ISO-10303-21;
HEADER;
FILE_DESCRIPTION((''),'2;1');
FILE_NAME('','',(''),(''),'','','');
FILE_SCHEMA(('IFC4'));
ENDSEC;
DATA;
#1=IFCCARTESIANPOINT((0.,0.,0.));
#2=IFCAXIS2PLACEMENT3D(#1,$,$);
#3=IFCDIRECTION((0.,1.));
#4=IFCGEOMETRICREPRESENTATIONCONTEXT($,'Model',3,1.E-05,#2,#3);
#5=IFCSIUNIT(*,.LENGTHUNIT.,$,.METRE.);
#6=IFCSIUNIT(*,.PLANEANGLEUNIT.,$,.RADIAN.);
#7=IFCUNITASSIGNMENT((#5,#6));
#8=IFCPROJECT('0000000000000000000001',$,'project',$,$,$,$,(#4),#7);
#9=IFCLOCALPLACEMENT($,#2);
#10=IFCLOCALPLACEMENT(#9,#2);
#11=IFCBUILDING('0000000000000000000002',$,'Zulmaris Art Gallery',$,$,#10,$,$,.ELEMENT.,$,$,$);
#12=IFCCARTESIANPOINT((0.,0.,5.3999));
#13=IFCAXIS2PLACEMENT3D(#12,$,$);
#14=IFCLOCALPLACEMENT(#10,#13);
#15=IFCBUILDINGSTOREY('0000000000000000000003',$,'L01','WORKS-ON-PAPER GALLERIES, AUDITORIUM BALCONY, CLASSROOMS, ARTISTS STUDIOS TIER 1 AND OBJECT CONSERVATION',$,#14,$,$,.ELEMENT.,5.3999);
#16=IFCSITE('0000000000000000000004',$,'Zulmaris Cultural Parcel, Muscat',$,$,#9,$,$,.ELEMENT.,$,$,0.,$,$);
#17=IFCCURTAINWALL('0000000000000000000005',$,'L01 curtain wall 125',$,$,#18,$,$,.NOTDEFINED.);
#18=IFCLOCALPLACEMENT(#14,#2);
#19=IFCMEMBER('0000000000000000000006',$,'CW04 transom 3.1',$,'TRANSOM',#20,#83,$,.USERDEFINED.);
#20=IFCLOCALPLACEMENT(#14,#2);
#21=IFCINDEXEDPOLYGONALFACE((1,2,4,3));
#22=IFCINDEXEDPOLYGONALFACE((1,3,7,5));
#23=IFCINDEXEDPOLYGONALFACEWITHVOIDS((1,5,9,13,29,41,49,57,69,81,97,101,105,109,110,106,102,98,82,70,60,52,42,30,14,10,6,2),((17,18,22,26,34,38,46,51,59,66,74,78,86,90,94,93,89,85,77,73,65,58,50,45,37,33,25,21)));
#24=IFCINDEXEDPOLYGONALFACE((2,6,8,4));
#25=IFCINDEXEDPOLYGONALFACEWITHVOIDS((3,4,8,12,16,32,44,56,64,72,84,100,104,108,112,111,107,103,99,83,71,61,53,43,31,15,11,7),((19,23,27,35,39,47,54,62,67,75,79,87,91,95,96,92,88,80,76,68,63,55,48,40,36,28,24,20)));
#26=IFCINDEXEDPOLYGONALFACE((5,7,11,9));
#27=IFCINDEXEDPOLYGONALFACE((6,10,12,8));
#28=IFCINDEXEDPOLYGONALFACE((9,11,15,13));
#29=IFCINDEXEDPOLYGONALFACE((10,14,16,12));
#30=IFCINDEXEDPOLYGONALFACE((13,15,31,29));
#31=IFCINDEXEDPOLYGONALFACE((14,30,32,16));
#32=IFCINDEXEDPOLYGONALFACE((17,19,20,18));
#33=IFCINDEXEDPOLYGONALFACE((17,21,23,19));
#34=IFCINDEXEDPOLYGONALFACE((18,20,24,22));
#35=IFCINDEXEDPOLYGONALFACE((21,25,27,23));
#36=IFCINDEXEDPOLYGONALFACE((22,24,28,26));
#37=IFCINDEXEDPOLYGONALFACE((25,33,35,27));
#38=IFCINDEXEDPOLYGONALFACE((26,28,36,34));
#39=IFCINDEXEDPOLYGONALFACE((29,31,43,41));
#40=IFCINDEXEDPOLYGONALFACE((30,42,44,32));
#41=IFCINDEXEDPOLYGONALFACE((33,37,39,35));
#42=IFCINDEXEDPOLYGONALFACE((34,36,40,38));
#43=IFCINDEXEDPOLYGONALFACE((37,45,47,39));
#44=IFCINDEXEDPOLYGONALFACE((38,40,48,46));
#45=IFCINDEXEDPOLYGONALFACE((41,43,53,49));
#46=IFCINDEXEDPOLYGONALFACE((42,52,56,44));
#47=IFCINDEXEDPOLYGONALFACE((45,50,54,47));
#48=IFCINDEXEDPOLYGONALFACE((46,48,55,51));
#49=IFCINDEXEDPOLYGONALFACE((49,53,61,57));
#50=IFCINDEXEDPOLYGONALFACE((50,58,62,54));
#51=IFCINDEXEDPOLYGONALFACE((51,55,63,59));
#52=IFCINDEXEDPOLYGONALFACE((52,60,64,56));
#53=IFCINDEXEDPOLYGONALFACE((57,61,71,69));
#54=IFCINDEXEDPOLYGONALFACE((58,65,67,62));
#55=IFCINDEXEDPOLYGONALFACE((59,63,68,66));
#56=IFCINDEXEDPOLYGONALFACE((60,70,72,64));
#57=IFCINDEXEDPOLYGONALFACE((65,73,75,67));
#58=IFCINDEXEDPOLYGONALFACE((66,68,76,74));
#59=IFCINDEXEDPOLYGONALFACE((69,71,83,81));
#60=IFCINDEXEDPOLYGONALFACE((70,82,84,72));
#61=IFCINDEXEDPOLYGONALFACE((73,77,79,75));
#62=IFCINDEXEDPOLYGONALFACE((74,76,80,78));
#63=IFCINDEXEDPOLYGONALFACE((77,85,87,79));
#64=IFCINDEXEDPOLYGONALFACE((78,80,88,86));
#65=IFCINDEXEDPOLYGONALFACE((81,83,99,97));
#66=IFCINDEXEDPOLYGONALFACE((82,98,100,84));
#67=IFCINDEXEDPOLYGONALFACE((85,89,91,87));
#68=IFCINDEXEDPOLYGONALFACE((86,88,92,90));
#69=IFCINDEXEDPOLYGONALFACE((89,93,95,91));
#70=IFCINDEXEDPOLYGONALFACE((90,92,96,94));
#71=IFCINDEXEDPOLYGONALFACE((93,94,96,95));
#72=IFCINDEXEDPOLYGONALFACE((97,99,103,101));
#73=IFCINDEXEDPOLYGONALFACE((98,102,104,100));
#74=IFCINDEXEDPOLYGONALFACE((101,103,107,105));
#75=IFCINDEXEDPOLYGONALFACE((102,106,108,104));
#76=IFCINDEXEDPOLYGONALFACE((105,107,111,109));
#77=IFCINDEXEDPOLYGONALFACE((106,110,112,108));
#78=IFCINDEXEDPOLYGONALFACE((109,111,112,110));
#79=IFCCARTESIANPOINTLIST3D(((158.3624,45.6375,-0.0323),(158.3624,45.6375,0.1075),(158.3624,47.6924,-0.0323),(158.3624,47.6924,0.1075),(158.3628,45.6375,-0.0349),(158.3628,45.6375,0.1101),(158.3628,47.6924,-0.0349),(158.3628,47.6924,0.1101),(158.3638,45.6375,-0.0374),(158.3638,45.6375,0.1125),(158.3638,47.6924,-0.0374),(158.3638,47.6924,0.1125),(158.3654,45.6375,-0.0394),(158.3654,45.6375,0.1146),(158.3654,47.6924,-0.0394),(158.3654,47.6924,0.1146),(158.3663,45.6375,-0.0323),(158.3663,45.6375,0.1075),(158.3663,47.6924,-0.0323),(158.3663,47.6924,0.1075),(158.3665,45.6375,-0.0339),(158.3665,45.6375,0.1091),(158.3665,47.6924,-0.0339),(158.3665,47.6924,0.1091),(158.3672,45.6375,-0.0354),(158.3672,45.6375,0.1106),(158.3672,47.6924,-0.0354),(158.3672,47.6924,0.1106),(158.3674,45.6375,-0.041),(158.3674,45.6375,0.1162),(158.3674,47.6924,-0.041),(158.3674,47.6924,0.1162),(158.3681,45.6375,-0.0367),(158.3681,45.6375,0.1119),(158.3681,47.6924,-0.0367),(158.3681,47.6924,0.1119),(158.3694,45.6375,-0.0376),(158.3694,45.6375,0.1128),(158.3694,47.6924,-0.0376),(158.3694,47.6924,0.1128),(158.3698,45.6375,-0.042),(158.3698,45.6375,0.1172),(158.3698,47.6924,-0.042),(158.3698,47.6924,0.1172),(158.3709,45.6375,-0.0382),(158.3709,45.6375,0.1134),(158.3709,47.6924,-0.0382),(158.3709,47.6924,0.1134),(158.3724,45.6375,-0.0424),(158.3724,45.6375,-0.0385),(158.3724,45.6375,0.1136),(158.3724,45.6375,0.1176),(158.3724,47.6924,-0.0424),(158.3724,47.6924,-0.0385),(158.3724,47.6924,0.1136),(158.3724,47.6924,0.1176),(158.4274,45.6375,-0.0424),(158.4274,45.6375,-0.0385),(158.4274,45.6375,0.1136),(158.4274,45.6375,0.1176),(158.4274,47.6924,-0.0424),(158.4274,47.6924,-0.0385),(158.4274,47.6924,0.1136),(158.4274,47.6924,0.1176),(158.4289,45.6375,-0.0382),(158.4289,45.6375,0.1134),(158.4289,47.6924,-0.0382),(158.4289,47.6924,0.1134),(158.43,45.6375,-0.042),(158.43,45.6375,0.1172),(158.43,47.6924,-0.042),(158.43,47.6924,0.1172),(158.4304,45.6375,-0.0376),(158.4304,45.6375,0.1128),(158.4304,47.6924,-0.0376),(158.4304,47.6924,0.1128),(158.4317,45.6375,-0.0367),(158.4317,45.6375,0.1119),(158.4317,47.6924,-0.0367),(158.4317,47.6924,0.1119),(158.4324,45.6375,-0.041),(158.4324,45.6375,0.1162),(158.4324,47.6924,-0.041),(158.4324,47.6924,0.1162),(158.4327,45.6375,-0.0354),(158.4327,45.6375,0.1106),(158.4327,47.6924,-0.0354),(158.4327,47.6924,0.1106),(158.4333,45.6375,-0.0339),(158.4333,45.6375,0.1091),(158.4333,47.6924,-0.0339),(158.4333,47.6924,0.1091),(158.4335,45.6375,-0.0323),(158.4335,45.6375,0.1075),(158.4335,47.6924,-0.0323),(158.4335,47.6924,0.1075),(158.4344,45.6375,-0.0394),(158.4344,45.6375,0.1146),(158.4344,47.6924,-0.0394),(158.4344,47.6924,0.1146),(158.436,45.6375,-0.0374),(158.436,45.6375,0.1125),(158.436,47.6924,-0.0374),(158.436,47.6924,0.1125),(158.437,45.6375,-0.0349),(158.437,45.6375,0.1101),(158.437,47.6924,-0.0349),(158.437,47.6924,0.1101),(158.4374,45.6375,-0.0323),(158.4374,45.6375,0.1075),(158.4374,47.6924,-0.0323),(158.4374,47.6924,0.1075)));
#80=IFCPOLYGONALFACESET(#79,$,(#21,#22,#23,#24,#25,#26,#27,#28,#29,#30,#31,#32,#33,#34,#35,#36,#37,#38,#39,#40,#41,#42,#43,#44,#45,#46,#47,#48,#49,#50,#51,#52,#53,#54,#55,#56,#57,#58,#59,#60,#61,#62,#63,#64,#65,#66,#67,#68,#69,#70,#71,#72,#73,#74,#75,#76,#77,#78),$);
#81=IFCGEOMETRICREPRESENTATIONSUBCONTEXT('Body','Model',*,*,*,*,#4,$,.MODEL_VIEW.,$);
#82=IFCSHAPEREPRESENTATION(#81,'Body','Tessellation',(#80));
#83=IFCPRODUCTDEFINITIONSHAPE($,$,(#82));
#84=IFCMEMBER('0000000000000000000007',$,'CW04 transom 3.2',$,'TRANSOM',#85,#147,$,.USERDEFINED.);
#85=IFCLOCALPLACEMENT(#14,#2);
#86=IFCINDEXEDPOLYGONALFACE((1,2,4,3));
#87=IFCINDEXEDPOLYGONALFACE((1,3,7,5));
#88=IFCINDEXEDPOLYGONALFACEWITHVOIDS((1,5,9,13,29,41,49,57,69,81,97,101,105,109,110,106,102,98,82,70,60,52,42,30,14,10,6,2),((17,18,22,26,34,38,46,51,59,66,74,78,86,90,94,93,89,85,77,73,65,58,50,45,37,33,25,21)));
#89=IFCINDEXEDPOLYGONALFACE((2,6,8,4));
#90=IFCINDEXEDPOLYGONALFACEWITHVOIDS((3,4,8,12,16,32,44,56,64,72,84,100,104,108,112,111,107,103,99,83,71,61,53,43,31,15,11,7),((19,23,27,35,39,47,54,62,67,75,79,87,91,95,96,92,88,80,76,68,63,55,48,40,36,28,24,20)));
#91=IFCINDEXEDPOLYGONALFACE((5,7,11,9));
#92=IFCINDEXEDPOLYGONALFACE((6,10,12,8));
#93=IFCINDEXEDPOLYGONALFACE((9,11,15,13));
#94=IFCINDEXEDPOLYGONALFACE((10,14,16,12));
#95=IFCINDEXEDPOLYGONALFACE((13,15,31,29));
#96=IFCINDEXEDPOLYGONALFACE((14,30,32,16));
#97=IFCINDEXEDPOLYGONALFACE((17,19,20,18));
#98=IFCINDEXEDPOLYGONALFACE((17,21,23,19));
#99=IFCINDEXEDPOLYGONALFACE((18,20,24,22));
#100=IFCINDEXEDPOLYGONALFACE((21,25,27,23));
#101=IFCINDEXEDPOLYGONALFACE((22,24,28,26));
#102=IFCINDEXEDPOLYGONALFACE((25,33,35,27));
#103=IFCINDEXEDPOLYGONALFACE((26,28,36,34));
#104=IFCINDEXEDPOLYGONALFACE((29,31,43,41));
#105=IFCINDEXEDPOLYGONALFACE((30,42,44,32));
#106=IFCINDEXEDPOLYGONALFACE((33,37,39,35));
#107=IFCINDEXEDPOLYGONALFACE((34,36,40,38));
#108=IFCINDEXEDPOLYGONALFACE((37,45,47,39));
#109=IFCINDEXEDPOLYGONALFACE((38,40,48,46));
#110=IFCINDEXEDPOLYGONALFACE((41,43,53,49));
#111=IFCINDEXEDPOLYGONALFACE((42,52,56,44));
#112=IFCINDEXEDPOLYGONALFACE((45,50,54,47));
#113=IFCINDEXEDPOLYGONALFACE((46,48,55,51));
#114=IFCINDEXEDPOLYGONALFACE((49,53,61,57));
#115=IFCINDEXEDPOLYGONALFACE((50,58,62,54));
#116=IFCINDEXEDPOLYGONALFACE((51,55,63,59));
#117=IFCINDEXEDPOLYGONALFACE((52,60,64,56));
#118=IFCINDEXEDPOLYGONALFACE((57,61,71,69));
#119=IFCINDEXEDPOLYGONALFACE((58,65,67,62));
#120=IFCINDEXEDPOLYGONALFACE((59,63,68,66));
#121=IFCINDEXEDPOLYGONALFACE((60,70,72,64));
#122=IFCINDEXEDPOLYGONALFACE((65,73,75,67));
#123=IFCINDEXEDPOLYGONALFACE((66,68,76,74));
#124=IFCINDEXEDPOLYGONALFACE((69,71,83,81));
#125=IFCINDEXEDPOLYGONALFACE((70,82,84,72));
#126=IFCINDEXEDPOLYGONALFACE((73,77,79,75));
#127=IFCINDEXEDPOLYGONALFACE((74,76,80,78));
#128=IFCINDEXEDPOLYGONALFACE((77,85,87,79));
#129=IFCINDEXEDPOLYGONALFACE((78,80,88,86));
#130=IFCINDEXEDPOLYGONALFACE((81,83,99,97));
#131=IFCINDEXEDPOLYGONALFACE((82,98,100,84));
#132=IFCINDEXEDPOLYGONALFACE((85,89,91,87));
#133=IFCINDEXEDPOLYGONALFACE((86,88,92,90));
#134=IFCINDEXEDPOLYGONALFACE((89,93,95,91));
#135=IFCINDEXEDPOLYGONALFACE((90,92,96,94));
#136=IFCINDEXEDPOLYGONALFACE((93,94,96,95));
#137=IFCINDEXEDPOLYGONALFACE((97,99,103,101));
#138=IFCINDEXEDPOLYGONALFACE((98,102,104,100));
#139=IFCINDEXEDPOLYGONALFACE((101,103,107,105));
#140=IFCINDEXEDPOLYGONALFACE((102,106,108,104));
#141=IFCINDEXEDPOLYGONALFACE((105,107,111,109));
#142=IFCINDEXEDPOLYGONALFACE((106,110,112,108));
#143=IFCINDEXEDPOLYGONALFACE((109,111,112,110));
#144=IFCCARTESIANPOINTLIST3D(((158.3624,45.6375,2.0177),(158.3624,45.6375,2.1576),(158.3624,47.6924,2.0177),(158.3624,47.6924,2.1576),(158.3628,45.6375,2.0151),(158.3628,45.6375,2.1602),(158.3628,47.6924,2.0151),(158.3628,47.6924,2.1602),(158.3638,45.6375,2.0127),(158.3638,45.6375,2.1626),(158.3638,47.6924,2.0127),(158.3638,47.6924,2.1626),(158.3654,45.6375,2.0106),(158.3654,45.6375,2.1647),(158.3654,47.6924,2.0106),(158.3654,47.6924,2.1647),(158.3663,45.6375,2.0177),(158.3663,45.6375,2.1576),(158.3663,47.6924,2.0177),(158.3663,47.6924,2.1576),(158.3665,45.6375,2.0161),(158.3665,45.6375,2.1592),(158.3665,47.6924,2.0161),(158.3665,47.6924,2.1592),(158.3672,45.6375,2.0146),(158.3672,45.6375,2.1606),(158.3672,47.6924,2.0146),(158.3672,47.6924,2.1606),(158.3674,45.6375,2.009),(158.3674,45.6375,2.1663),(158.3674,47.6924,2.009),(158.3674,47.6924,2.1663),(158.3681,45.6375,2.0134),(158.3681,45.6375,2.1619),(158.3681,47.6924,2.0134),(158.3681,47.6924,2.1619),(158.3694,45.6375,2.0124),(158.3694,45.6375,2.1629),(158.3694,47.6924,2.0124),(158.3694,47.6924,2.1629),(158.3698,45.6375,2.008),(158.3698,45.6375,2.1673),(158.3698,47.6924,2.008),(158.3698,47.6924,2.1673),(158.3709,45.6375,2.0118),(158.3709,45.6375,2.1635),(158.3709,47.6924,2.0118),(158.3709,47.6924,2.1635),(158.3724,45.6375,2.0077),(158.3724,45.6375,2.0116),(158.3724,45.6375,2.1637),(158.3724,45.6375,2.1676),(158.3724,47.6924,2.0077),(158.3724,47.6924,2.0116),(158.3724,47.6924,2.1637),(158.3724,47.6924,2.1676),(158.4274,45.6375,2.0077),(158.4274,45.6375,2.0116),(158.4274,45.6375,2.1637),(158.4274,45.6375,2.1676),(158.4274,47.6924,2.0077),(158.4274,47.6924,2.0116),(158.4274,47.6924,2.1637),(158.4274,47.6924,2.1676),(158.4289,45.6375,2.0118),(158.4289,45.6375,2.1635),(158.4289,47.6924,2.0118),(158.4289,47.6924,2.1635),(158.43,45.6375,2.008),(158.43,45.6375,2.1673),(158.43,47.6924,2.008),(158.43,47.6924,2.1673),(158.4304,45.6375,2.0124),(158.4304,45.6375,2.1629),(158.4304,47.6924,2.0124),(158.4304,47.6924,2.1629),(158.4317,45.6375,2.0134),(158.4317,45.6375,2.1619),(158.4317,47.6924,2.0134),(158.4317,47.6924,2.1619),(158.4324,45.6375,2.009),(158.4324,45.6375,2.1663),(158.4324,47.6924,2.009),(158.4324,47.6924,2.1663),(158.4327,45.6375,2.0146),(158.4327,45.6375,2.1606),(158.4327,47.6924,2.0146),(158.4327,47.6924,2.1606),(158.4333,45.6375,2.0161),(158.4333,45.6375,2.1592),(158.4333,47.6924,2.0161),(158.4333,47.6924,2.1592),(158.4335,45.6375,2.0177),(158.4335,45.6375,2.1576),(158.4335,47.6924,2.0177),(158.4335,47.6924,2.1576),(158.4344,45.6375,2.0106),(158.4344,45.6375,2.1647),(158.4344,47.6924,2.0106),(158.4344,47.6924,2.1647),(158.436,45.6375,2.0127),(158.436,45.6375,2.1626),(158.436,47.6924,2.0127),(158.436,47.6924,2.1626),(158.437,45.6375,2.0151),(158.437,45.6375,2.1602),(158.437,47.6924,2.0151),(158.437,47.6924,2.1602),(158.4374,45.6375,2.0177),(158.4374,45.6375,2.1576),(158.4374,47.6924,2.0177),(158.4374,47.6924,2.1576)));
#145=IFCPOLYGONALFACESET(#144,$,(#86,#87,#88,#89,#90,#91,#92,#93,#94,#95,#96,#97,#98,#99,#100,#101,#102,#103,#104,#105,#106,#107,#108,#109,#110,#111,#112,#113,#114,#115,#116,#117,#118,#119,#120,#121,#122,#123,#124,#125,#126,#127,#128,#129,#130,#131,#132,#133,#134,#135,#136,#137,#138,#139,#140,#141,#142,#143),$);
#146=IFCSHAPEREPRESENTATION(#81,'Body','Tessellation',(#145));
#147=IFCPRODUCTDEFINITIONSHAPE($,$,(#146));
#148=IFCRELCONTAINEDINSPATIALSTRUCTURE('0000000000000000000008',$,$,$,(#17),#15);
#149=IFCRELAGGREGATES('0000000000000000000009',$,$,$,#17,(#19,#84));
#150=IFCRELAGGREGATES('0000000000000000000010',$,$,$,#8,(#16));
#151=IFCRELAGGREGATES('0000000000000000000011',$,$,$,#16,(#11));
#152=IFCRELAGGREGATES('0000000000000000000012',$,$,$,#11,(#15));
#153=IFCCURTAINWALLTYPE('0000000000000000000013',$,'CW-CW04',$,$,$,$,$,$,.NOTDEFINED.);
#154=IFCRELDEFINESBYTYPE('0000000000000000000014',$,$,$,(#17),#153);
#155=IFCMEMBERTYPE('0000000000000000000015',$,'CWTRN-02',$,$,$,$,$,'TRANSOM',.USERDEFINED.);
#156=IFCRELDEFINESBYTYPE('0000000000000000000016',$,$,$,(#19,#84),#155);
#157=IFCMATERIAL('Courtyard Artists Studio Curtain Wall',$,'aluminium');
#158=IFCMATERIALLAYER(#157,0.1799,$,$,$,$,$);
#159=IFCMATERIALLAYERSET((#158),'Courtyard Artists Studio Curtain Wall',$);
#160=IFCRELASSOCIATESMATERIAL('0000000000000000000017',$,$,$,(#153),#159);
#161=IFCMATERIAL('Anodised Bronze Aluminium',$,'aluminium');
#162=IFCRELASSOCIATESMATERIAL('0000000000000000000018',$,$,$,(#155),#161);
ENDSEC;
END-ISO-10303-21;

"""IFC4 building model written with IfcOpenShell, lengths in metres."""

from ifc_helpers import new_model, si_unit, direction, frame, origin, origin_2d, place, context, subcontext, project, spatial, hollow_rectangle, extrude, material, layer, layer_set, material_profile, profile_set, type_object, element, aggregate, save


model = new_model("IFC4")

# Units and contexts
model_context = context("Model", 3, precision=1e-05, world=origin(), true_north=direction((0.0, 1.0)))
body_context = subcontext(model_context, "Body", "Model", "MODEL_VIEW")
ifc_project = project(units=[si_unit("LENGTHUNIT", "METRE"), si_unit("PLANEANGLEUNIT", "RADIAN")], contexts=[model_context])

# Site, building, storey
site_placement = place(None, origin())
site = spatial("IfcSite", under=ifc_project, at=site_placement, Name="Zulmaris Cultural Parcel, Muscat", CompositionType="ELEMENT", RefElevation=0.0)
building_placement = place(site_placement, origin())
building = spatial("IfcBuilding", under=site, at=building_placement, Name="Zulmaris Art Gallery", CompositionType="ELEMENT")
storey_placement = place(building_placement, frame((0.0, 0.0, 5.3999)))
storey = spatial("IfcBuildingStorey", under=building, at=storey_placement, Name="L01", Description="WORKS-ON-PAPER GALLERIES, AUDITORIUM BALCONY, CLASSROOMS, ARTISTS STUDIOS TIER 1 AND OBJECT CONSERVATION", CompositionType="ELEMENT", Elevation=5.3999)

# Curtain wall
ifc_material_1 = material(Name="Courtyard Artists Studio Curtain Wall", Category="aluminium")
ifc_layer_1 = layer(ifc_material_1, 0.1799)
ifc_layer_set_1 = layer_set([ifc_layer_1], Name="Courtyard Artists Studio Curtain Wall")
curtain_wall_type = type_object("IfcCurtainWallType", Name="CW-CW04", PredefinedType="NOTDEFINED", material=ifc_layer_set_1)
curtain_wall_1_placement = place(storey_placement, origin())
curtain_wall_1 = element("IfcCurtainWall", 1, at=curtain_wall_1_placement, inside=storey, type_object=curtain_wall_type, Name="L01 curtain wall 125", PredefinedType="NOTDEFINED")
ifc_material_2 = material(Name="Anodised Bronze Aluminium", Category="aluminium")

# Members
ifc_material_profile_1 = material_profile(ifc_material_2, hollow_rectangle(XDim=0.075, YDim=0.1599, WallThickness=0.0039, InnerFilletRadius=0.0061, OuterFilletRadius=0.01, at=origin_2d()), Name="ALU 75x160x4")
ifc_profile_set_1 = profile_set([ifc_material_profile_1], Name="Anodised Bronze Aluminium")
member_type_1 = type_object("IfcMemberType", Name="CWTRN-02", ElementType="TRANSOM", PredefinedType="USERDEFINED", material=ifc_profile_set_1)
member_1_placement = place(storey_placement, frame((158.3999, 45.6375, 0.0376), z_axis=(0.0, 1.0, 0.0), x_axis=(-1.0, 0.0, 0.0)))
member_1 = element("IfcMember", 2, at=member_1_placement, type_object=member_type_1, Name="CW04 transom 3.1", ObjectType="TRANSOM", PredefinedType="USERDEFINED", context=body_context, shape_type="SweptSolid", body=[
    extrude(hollow_rectangle(XDim=0.075, YDim=0.1599, WallThickness=0.0039, InnerFilletRadius=0.0061, OuterFilletRadius=0.01, at=origin_2d()), origin(), (0.0, 0.0, 1.0), 2.0549),
])
member_2_placement = place(storey_placement, frame((158.3999, 45.6375, 2.0876), z_axis=(0.0, 1.0, 0.0), x_axis=(-1.0, 0.0, 0.0)))
member_2 = element("IfcMember", 3, at=member_2_placement, type_object=member_type_1, Name="CW04 transom 3.2", ObjectType="TRANSOM", PredefinedType="USERDEFINED", context=body_context, shape_type="SweptSolid", body=[
    extrude(hollow_rectangle(XDim=0.075, YDim=0.1599, WallThickness=0.0039, InnerFilletRadius=0.0061, OuterFilletRadius=0.01, at=origin_2d()), origin(), (0.0, 0.0, 1.0), 2.0549),
])

aggregate(curtain_wall_1, [member_1, member_2])

save(model, "model.ifc")
